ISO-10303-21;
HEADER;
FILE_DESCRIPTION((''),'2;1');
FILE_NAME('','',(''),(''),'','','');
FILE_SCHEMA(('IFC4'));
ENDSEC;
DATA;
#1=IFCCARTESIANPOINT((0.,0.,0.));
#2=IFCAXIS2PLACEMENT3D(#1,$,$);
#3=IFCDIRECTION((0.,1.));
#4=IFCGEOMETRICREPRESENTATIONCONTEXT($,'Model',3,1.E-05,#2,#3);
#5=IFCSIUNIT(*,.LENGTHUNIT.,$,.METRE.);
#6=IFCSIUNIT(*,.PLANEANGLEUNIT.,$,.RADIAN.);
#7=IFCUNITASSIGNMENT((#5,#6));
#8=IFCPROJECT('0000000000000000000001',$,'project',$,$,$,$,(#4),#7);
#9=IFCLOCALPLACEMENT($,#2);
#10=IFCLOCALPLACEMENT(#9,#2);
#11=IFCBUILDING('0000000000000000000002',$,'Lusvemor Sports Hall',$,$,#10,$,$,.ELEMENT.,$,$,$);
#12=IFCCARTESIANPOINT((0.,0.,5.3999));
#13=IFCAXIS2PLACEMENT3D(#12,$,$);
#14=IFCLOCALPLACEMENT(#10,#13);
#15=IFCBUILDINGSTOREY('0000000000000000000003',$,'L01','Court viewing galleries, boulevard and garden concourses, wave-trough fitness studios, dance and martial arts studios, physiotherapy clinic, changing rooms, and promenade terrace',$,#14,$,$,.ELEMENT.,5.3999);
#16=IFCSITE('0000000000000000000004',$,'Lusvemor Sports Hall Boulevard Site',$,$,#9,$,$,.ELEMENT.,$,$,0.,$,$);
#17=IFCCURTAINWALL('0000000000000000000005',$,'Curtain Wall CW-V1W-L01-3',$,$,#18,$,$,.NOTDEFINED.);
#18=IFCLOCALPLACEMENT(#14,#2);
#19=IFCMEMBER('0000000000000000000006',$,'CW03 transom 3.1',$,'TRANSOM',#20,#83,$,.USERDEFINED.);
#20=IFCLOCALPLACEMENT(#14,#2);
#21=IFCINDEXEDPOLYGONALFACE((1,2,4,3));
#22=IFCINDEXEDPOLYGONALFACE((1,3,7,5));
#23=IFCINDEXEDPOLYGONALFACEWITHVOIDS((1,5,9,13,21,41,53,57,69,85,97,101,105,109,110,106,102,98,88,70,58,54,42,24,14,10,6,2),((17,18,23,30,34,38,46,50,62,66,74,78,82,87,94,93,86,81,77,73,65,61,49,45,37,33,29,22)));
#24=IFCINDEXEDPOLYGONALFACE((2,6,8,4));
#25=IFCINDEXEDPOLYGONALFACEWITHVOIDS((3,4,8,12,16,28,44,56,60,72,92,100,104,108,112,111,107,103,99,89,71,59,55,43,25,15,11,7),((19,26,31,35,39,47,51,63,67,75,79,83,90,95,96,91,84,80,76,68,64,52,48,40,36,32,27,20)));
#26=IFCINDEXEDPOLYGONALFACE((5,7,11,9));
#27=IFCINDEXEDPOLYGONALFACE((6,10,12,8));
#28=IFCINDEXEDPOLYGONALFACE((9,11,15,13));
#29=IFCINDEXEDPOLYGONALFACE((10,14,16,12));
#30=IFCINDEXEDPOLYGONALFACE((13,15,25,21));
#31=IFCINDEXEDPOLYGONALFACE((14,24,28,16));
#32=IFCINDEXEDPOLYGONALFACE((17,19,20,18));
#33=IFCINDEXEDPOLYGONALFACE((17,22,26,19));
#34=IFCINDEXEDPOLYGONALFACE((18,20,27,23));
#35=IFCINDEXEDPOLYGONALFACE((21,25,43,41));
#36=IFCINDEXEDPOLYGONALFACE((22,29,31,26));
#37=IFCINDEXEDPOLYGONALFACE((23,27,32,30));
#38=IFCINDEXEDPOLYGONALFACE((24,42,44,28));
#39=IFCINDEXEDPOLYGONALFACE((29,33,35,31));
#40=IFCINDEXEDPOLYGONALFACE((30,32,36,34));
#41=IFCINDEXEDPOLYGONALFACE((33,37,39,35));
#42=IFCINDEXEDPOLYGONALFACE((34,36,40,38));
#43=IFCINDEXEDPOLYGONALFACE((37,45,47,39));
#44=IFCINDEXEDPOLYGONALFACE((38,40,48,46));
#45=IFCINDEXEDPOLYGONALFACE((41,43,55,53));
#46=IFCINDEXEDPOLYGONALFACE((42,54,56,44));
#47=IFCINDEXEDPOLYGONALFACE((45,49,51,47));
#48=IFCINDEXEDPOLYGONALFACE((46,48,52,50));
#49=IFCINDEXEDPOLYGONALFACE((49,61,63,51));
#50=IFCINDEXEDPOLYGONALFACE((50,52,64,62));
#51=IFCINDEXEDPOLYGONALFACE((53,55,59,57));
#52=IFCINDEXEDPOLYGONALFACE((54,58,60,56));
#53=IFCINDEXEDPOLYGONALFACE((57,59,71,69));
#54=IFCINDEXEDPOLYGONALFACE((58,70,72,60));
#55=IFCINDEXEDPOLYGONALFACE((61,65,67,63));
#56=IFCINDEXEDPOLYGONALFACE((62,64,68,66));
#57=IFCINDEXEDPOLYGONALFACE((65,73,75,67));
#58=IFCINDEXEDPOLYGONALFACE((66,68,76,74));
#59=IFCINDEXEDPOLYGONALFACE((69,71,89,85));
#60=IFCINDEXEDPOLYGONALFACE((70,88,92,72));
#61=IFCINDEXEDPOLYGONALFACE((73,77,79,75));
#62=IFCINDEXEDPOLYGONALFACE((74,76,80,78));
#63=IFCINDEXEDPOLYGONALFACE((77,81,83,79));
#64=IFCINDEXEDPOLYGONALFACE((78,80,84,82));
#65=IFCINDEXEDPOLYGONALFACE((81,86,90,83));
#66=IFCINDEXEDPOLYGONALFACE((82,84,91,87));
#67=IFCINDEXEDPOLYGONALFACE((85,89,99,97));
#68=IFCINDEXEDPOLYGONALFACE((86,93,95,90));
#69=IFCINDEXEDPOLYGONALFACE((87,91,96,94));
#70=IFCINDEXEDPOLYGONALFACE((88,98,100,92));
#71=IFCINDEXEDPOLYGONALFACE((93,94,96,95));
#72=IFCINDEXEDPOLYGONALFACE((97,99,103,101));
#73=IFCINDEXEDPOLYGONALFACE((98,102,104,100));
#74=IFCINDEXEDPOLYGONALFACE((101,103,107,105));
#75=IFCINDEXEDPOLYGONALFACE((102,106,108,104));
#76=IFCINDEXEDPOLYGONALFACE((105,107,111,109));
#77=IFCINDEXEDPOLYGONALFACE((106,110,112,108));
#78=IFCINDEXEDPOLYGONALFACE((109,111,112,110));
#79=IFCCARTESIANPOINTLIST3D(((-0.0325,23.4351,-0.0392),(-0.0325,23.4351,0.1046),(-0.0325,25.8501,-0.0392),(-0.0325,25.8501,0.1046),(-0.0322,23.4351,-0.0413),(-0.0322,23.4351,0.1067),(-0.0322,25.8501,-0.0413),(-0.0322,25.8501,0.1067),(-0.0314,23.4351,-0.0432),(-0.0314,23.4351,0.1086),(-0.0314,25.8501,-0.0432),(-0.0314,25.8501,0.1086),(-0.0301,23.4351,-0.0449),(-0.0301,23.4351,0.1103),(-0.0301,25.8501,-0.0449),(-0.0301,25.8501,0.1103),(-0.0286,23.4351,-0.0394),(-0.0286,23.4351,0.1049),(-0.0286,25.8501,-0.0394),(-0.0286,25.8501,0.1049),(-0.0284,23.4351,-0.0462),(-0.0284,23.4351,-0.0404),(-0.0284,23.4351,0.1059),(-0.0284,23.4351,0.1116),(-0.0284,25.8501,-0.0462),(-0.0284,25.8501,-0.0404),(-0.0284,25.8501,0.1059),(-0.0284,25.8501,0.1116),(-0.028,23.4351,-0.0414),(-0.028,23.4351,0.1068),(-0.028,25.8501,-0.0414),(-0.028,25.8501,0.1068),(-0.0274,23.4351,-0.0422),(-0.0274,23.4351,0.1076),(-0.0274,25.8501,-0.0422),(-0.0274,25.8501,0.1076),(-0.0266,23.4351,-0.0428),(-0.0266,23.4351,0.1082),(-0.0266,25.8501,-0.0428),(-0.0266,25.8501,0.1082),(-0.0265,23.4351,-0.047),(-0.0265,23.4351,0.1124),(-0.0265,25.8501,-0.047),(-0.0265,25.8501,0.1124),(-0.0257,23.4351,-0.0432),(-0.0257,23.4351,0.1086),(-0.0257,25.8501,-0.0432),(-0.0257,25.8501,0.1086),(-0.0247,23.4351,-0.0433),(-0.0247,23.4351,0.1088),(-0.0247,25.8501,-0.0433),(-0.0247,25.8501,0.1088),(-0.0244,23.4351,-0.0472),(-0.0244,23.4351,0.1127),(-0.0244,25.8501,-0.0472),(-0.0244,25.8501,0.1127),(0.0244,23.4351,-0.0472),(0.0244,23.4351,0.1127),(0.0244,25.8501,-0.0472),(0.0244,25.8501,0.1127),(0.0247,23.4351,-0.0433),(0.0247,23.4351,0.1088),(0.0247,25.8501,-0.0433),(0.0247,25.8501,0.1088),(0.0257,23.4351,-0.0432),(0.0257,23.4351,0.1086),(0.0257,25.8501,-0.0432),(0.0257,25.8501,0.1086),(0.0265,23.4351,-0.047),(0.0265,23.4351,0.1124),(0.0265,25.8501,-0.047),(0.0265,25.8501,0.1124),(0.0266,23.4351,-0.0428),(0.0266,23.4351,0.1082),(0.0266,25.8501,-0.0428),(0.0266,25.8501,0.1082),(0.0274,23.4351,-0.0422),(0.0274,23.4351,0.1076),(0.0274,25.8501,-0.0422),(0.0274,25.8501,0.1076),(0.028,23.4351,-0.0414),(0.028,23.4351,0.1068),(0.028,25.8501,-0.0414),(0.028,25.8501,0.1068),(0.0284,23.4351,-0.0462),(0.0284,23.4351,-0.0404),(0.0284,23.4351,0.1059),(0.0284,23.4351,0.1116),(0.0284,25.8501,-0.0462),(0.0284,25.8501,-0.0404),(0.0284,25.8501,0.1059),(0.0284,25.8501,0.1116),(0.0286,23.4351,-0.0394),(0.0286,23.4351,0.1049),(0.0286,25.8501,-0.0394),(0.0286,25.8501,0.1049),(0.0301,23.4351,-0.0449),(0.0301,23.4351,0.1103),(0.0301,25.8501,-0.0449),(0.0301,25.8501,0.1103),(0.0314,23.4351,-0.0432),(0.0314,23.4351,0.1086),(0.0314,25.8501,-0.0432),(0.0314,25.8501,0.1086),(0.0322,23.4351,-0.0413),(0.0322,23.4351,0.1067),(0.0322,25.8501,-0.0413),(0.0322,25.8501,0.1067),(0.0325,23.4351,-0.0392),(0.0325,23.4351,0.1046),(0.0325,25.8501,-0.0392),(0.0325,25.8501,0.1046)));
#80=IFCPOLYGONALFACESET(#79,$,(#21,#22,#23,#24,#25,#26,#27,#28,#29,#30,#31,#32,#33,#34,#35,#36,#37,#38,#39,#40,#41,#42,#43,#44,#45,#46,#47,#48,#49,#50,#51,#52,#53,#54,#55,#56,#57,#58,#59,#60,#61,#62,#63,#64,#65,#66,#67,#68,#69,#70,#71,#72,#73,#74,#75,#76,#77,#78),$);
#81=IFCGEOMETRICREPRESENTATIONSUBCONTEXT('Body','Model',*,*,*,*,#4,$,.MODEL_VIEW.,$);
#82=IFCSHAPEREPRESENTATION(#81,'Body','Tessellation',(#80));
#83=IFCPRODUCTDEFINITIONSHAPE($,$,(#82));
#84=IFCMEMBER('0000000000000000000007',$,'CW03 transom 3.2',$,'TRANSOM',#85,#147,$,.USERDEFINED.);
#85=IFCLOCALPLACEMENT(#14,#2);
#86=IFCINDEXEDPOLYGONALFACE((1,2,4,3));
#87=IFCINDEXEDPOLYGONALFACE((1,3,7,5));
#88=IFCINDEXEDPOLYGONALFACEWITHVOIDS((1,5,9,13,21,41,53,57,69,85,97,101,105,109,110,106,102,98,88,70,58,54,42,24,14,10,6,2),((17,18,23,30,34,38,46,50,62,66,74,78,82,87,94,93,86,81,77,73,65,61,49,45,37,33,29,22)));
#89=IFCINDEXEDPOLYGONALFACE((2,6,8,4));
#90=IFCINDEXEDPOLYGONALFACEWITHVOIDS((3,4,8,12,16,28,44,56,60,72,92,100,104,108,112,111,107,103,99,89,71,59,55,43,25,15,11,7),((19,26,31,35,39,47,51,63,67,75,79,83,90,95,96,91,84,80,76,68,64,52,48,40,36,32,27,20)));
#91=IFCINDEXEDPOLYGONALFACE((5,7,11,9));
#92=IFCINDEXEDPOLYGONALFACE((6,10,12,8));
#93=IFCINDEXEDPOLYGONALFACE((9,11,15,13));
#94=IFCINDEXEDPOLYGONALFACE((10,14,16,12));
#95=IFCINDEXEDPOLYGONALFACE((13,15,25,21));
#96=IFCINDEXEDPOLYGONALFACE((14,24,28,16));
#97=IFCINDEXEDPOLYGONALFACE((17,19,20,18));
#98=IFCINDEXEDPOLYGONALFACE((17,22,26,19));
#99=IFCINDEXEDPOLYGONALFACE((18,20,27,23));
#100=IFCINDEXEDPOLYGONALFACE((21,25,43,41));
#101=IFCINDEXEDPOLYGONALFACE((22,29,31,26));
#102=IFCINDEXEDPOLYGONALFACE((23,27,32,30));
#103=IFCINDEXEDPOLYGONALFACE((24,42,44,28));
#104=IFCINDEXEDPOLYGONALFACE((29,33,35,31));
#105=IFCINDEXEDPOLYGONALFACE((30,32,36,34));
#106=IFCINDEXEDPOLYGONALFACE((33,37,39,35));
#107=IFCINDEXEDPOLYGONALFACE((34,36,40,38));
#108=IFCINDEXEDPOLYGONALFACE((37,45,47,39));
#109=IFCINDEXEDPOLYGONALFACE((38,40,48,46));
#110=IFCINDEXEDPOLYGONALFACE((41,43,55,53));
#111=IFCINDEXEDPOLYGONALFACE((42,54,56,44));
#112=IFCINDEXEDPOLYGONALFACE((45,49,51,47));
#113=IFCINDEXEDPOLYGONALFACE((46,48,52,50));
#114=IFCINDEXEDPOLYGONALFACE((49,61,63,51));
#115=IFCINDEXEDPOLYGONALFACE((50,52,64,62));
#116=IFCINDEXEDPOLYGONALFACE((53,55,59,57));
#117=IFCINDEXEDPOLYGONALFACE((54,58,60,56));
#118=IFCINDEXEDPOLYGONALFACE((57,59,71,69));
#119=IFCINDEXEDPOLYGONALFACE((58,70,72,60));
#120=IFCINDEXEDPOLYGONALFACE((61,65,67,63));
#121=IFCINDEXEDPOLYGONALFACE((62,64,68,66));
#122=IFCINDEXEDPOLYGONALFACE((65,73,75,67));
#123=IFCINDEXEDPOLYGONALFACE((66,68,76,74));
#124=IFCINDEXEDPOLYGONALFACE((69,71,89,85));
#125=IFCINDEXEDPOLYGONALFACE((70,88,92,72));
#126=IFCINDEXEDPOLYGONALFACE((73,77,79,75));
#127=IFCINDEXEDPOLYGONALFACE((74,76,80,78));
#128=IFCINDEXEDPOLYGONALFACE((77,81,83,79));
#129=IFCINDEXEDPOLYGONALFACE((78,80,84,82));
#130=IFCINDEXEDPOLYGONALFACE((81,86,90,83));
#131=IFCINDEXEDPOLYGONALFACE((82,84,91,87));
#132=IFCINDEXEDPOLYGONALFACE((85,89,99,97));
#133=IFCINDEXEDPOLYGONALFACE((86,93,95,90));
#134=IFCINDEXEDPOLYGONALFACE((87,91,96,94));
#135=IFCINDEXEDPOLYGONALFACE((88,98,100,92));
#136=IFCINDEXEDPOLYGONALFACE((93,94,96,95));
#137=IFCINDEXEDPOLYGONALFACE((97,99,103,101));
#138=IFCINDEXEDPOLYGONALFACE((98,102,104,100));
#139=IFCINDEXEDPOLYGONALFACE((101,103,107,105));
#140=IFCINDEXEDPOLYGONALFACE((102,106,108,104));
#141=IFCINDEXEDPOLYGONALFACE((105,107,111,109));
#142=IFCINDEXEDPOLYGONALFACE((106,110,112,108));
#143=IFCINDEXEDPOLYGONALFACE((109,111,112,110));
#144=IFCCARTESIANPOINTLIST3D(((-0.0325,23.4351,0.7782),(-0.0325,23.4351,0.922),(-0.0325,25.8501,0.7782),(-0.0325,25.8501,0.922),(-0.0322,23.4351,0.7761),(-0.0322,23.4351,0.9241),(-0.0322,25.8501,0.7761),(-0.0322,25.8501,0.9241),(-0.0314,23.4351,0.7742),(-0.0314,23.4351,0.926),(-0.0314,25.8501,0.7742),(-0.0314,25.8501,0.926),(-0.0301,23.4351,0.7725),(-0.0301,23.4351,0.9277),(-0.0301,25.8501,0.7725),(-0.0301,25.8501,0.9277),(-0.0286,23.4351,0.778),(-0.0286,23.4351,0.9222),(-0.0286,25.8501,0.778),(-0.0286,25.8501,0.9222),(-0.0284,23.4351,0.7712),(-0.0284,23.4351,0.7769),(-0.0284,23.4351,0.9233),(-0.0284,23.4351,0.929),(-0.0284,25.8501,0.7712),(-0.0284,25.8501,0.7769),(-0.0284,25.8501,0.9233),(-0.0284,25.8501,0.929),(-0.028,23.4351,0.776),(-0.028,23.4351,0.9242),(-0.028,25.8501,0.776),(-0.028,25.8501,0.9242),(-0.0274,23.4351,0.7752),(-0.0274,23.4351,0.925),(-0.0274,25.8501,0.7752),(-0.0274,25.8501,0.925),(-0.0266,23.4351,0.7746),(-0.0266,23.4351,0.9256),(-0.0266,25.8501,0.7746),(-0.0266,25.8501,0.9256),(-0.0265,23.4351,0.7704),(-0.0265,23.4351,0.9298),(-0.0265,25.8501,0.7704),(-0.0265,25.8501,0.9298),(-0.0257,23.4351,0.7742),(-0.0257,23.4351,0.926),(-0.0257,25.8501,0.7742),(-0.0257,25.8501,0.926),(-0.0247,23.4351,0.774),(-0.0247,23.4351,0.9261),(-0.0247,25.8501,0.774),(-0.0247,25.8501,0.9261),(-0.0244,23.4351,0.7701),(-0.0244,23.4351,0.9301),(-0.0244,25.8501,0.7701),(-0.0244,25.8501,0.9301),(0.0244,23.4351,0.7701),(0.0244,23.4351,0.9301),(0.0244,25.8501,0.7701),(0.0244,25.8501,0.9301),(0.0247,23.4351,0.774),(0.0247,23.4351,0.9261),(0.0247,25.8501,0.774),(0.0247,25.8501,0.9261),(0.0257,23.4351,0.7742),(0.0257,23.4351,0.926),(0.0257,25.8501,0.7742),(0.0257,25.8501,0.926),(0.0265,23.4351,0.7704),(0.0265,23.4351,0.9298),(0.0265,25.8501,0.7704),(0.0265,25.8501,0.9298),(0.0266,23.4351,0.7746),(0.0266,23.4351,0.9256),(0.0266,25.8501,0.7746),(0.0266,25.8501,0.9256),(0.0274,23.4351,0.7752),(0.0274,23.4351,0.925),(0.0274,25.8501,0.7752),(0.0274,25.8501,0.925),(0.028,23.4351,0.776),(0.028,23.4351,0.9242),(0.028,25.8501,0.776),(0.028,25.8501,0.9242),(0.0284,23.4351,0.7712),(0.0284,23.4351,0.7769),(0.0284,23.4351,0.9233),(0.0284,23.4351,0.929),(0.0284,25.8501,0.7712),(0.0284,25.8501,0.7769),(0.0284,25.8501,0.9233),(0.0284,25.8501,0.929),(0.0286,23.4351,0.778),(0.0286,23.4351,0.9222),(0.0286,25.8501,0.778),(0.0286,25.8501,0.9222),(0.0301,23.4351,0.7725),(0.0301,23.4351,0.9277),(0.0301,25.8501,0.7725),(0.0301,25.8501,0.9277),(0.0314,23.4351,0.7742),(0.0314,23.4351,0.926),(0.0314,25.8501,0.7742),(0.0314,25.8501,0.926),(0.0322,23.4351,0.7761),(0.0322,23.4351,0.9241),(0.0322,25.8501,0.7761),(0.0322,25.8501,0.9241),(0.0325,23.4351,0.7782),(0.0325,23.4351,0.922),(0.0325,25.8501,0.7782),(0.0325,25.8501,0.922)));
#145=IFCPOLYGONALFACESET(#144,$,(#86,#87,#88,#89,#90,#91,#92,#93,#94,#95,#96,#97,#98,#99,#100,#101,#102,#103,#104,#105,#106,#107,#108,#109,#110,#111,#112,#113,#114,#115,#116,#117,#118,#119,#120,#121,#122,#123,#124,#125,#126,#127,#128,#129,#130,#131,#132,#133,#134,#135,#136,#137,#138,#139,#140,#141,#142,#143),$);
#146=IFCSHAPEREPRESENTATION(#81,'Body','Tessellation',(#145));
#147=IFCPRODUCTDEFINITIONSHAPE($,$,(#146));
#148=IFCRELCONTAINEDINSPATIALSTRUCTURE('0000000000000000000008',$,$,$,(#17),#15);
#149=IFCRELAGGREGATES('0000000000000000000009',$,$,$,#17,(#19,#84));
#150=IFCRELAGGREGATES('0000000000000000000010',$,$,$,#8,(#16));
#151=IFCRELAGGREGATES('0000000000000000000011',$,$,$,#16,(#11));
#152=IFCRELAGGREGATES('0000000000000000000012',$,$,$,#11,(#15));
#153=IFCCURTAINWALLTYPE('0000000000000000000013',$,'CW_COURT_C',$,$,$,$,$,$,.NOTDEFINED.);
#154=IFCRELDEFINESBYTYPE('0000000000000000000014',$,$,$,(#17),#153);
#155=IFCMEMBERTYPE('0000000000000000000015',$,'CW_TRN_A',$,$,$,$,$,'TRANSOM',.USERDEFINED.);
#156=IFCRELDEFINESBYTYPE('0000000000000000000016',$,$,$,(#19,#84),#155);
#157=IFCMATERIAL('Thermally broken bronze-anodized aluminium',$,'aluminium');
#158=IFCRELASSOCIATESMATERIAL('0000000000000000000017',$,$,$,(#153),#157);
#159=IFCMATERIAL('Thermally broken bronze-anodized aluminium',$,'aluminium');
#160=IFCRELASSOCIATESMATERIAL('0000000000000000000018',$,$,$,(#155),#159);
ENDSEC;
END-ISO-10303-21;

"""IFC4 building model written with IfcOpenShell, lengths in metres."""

from ifc_helpers import new_model, si_unit, direction, frame, origin, origin_2d, place, context, subcontext, project, spatial, hollow_rectangle, extrude, material, material_profile, profile_set, type_object, element, aggregate, save


model = new_model("IFC4")

# Units and contexts
model_context = context("Model", 3, precision=1e-05, world=origin(), true_north=direction((0.0, 1.0)))
body_context = subcontext(model_context, "Body", "Model", "MODEL_VIEW")
ifc_project = project(units=[si_unit("LENGTHUNIT", "METRE"), si_unit("PLANEANGLEUNIT", "RADIAN")], contexts=[model_context])

# Site, building, storey
site_placement = place(None, origin())
site = spatial("IfcSite", under=ifc_project, at=site_placement, Name="Lusvemor Sports Hall Boulevard Site", CompositionType="ELEMENT", RefElevation=0.0)
building_placement = place(site_placement, origin())
building = spatial("IfcBuilding", under=site, at=building_placement, Name="Lusvemor Sports Hall", CompositionType="ELEMENT")
storey_placement = place(building_placement, frame((0.0, 0.0, 5.3999)))
storey = spatial("IfcBuildingStorey", under=building, at=storey_placement, Name="L01", Description="Court viewing galleries, boulevard and garden concourses, wave-trough fitness studios, dance and martial arts studios, physiotherapy clinic, changing rooms, and promenade terrace", CompositionType="ELEMENT", Elevation=5.3999)

# Shared definitions
ifc_material_1 = material(Name="Thermally broken bronze-anodized aluminium", Category="aluminium")
curtain_wall_type = type_object("IfcCurtainWallType", Name="CW_COURT_C", PredefinedType="NOTDEFINED", material=ifc_material_1)

# Curtain wall, members
curtain_wall_1_placement = place(storey_placement, origin())
curtain_wall_1 = element("IfcCurtainWall", 1, at=curtain_wall_1_placement, inside=storey, type_object=curtain_wall_type, Name="Curtain Wall CW-V1W-L01-3", PredefinedType="NOTDEFINED")
ifc_material_2 = material(Name="Thermally broken bronze-anodized aluminium", Category="aluminium")
ifc_material_profile_1 = material_profile(ifc_material_2, hollow_rectangle(XDim=0.0649, YDim=0.1599, WallThickness=0.0039, InnerFilletRadius=0.0039, OuterFilletRadius=0.0081, at=origin_2d()), Name="CWTRN160x65x4")
ifc_profile_set_1 = profile_set([ifc_material_profile_1], Name="Thermally broken bronze-anodized aluminium")
member_type_1 = type_object("IfcMemberType", Name="CW_TRN_A", ElementType="TRANSOM", PredefinedType="USERDEFINED", material=ifc_profile_set_1)
member_1_placement = place(storey_placement, frame((0.0, 23.4351, 0.0327), z_axis=(0.0, 1.0, 0.0), x_axis=(-1.0, 0.0, 0.0)))
member_1 = element("IfcMember", 2, at=member_1_placement, type_object=member_type_1, Name="CW03 transom 3.1", ObjectType="TRANSOM", PredefinedType="USERDEFINED", context=body_context, shape_type="SweptSolid", body=[
    extrude(hollow_rectangle(XDim=0.0649, YDim=0.1599, WallThickness=0.0039, InnerFilletRadius=0.0039, OuterFilletRadius=0.0081, at=origin_2d()), origin(), (0.0, 0.0, 1.0), 2.415),
])
member_2_placement = place(storey_placement, frame((0.0, 23.4351, 0.8501), z_axis=(0.0, 1.0, 0.0), x_axis=(-1.0, 0.0, 0.0)))
member_2 = element("IfcMember", 3, at=member_2_placement, type_object=member_type_1, Name="CW03 transom 3.2", ObjectType="TRANSOM", PredefinedType="USERDEFINED", context=body_context, shape_type="SweptSolid", body=[
    extrude(hollow_rectangle(XDim=0.0649, YDim=0.1599, WallThickness=0.0039, InnerFilletRadius=0.0039, OuterFilletRadius=0.0081, at=origin_2d()), origin(), (0.0, 0.0, 1.0), 2.415),
])
aggregate(curtain_wall_1, [member_1, member_2])

save(model, "model.ifc")
